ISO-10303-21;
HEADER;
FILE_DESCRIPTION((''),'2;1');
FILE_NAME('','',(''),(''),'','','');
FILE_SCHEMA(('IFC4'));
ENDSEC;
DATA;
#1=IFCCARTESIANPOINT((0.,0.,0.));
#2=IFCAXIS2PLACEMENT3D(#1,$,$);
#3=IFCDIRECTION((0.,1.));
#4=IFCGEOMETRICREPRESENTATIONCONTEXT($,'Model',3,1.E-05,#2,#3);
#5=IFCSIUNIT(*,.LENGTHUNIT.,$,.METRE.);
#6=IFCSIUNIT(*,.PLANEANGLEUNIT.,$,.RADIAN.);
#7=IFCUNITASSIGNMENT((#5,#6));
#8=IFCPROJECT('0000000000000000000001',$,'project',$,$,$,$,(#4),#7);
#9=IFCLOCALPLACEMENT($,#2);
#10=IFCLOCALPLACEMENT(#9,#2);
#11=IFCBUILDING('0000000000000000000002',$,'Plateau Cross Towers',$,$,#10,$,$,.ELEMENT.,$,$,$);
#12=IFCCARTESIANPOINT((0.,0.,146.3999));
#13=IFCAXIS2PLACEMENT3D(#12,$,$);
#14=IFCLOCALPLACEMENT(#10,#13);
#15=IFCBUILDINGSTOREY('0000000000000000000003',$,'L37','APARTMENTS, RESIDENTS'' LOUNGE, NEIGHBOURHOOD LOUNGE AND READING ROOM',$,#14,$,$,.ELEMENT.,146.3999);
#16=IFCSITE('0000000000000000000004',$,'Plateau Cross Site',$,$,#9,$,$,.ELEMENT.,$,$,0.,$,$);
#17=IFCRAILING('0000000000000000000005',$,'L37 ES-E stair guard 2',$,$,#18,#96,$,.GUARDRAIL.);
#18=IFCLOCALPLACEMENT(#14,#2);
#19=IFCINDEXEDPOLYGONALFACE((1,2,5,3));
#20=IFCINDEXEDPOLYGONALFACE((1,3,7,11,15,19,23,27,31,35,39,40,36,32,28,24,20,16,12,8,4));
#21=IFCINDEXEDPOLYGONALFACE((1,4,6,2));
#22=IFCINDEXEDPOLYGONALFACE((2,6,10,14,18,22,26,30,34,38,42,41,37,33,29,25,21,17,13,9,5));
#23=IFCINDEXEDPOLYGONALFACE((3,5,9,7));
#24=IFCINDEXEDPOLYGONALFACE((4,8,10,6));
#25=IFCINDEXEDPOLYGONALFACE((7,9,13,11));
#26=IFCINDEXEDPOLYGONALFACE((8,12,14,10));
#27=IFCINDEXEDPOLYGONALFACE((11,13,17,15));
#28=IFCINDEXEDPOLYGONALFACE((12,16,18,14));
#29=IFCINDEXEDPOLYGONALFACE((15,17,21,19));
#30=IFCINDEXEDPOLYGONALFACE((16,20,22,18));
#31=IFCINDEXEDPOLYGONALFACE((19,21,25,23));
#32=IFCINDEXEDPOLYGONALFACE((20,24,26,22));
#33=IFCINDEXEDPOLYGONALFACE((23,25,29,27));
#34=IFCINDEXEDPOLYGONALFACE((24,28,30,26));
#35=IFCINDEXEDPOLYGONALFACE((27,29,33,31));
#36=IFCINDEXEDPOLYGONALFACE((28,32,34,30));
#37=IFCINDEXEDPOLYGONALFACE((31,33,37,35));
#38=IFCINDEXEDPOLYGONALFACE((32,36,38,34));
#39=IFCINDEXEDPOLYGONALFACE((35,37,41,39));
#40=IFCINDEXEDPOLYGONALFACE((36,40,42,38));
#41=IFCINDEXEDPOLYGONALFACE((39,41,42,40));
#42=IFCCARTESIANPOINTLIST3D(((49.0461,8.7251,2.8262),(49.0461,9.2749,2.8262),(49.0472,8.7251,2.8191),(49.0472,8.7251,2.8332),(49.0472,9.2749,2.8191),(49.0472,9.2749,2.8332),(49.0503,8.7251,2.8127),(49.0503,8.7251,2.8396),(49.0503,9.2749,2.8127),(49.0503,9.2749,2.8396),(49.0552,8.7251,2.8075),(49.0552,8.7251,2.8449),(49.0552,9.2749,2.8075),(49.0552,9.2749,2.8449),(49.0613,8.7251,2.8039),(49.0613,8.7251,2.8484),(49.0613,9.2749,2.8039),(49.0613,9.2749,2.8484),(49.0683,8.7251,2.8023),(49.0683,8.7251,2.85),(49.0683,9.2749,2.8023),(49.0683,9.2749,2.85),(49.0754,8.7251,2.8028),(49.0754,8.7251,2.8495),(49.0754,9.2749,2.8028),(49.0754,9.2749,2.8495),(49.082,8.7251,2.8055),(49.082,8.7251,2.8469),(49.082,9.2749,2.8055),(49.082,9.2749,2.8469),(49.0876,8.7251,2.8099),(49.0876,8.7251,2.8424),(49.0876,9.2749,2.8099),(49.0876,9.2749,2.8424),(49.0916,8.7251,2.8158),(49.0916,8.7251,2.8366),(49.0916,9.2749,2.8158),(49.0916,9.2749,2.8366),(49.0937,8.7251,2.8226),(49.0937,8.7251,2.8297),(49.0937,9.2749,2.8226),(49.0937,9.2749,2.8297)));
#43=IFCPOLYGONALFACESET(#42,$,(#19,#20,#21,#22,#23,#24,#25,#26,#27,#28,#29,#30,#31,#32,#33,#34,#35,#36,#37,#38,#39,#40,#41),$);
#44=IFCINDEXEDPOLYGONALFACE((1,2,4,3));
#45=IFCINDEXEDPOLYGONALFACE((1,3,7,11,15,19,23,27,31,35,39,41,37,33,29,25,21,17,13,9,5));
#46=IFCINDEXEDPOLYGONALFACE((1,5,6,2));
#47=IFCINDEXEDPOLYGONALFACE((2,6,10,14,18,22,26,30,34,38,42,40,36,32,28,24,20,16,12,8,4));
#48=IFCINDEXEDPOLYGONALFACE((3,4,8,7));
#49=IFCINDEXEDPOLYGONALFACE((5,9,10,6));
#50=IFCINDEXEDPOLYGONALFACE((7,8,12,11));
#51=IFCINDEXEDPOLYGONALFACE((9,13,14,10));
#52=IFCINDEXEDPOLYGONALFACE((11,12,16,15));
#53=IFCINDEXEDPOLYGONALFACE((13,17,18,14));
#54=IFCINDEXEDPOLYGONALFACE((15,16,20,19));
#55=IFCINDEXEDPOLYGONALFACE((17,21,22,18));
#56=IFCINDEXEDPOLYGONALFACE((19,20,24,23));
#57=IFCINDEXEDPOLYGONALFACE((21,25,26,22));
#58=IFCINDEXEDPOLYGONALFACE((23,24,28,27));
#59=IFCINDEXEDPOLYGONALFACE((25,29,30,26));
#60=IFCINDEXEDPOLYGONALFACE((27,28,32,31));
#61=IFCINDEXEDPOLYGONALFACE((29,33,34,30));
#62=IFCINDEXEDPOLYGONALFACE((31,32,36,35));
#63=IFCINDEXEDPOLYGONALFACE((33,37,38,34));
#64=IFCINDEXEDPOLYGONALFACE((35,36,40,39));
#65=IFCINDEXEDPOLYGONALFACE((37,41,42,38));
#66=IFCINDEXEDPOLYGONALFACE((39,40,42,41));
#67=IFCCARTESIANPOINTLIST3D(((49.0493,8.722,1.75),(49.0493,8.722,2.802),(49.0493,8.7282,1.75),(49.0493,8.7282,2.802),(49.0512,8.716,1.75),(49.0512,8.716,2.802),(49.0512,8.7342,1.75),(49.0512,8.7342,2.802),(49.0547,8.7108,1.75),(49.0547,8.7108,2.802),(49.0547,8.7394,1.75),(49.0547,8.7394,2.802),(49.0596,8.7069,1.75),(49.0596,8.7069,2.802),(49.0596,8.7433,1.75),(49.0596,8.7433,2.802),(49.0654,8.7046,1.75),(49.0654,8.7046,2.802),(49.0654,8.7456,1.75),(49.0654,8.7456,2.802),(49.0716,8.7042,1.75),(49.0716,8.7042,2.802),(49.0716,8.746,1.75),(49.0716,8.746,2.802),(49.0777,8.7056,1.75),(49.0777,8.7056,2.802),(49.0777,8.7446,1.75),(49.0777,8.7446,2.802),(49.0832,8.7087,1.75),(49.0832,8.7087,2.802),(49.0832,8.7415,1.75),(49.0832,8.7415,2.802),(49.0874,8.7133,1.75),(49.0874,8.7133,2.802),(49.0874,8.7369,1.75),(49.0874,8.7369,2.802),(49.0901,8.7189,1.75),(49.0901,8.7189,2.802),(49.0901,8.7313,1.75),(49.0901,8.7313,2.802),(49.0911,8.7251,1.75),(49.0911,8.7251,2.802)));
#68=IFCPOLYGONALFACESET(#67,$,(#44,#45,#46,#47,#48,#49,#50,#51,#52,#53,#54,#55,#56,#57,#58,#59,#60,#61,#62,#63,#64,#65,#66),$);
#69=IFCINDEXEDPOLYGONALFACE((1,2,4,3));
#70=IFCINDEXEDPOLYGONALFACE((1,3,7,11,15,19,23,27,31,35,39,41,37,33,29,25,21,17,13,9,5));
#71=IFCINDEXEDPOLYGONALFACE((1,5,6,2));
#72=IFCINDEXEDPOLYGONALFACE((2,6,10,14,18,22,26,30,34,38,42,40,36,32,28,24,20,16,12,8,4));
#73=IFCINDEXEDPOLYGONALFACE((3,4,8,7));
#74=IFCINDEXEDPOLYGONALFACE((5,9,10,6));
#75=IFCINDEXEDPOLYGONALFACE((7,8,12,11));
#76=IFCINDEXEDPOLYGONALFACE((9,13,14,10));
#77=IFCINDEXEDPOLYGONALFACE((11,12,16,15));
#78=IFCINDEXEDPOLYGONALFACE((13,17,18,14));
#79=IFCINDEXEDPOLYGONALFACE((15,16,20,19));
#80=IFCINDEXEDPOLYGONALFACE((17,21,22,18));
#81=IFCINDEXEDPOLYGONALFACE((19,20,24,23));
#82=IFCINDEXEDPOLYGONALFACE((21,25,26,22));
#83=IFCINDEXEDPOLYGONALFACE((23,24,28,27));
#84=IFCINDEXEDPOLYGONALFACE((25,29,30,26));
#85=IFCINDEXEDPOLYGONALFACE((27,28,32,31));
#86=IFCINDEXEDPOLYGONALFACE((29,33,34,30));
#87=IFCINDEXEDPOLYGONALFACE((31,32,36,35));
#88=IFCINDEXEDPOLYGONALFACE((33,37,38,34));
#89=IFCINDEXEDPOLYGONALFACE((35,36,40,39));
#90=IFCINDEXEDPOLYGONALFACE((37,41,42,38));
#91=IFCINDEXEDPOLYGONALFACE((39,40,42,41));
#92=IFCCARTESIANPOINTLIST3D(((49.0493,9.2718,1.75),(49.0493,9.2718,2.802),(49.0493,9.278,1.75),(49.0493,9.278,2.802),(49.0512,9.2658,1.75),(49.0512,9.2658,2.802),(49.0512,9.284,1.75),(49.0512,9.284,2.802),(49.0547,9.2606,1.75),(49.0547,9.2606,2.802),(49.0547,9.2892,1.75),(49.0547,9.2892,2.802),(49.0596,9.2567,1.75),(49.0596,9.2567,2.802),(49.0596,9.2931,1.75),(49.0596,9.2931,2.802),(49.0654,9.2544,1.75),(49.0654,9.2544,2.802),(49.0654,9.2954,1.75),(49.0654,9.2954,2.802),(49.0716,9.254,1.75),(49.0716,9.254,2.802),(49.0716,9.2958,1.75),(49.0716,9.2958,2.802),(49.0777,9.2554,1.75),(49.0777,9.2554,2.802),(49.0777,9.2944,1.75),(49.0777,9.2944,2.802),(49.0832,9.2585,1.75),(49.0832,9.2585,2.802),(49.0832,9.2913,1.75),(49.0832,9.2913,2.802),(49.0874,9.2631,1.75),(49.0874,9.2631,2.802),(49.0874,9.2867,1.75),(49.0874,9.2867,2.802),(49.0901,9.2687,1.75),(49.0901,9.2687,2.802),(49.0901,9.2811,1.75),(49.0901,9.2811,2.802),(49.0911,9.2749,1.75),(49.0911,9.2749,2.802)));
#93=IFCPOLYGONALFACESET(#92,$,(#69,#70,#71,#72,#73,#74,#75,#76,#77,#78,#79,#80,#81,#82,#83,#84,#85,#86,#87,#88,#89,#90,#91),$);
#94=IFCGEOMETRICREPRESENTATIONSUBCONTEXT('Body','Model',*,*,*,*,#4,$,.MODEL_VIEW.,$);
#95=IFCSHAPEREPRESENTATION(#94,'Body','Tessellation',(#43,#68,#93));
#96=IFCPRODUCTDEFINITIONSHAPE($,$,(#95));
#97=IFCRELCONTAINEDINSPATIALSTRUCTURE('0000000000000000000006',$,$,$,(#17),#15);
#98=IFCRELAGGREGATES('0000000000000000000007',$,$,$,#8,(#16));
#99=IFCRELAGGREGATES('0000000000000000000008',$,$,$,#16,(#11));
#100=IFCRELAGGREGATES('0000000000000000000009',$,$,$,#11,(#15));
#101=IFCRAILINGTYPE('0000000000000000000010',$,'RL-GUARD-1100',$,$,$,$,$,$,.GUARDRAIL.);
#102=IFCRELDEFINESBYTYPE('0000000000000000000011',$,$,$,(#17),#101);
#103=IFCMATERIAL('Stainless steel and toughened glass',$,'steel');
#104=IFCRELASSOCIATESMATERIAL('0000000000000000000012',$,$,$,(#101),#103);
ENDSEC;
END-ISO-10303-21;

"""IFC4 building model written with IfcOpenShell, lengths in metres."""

from ifc_helpers import new_model, si_unit, direction, frame, origin, origin_2d, place, context, subcontext, project, spatial, circle, extrude, material, type_object, element, save


model = new_model("IFC4")

# Units and contexts
model_context = context("Model", 3, precision=1e-05, world=origin(), true_north=direction((0.0, 1.0)))
body_context = subcontext(model_context, "Body", "Model", "MODEL_VIEW")
ifc_project = project(units=[si_unit("LENGTHUNIT", "METRE"), si_unit("PLANEANGLEUNIT", "RADIAN")], contexts=[model_context])

# Site, building, storey
site_placement = place(None, origin())
site = spatial("IfcSite", under=ifc_project, at=site_placement, Name="Plateau Cross Site", CompositionType="ELEMENT", RefElevation=0.0)
building_placement = place(site_placement, origin())
building = spatial("IfcBuilding", under=site, at=building_placement, Name="Plateau Cross Towers", CompositionType="ELEMENT")
storey_placement = place(building_placement, frame((0.0, 0.0, 146.3999)))
storey = spatial("IfcBuildingStorey", under=building, at=storey_placement, Name="L37", Description="APARTMENTS, RESIDENTS' LOUNGE, NEIGHBOURHOOD LOUNGE AND READING ROOM", CompositionType="ELEMENT", Elevation=146.3999)

# Railing
ifc_material_1 = material(Name="Stainless steel and toughened glass", Category="steel")
railing_type = type_object("IfcRailingType", Name="RL-GUARD-1100", PredefinedType="GUARDRAIL", material=ifc_material_1)
railing_placement = place(storey_placement, frame((49.0701, 8.7251, 1.75)))
element("IfcRailing", 1, at=railing_placement, inside=storey, type_object=railing_type, Name="L37 ES-E stair guard 2", PredefinedType="GUARDRAIL", context=body_context, shape_type="SweptSolid", body=[
    extrude(circle(Radius=0.0239, at=origin_2d()), frame((0.0, 0.0, 1.0762), z_axis=(0.0, 1.0, 0.0), x_axis=(-1.0, 0.0, 0.0)), (0.0, 0.0, 1.0), 0.5498),
    extrude(circle(Radius=0.021, at=origin_2d()), origin(), (0.0, 0.0, 1.0), 1.052),
    extrude(circle(Radius=0.021, at=origin_2d()), frame((0.0, 0.5498, 0.0)), (0.0, 0.0, 1.0), 1.052),
])

save(model, "model.ifc")
